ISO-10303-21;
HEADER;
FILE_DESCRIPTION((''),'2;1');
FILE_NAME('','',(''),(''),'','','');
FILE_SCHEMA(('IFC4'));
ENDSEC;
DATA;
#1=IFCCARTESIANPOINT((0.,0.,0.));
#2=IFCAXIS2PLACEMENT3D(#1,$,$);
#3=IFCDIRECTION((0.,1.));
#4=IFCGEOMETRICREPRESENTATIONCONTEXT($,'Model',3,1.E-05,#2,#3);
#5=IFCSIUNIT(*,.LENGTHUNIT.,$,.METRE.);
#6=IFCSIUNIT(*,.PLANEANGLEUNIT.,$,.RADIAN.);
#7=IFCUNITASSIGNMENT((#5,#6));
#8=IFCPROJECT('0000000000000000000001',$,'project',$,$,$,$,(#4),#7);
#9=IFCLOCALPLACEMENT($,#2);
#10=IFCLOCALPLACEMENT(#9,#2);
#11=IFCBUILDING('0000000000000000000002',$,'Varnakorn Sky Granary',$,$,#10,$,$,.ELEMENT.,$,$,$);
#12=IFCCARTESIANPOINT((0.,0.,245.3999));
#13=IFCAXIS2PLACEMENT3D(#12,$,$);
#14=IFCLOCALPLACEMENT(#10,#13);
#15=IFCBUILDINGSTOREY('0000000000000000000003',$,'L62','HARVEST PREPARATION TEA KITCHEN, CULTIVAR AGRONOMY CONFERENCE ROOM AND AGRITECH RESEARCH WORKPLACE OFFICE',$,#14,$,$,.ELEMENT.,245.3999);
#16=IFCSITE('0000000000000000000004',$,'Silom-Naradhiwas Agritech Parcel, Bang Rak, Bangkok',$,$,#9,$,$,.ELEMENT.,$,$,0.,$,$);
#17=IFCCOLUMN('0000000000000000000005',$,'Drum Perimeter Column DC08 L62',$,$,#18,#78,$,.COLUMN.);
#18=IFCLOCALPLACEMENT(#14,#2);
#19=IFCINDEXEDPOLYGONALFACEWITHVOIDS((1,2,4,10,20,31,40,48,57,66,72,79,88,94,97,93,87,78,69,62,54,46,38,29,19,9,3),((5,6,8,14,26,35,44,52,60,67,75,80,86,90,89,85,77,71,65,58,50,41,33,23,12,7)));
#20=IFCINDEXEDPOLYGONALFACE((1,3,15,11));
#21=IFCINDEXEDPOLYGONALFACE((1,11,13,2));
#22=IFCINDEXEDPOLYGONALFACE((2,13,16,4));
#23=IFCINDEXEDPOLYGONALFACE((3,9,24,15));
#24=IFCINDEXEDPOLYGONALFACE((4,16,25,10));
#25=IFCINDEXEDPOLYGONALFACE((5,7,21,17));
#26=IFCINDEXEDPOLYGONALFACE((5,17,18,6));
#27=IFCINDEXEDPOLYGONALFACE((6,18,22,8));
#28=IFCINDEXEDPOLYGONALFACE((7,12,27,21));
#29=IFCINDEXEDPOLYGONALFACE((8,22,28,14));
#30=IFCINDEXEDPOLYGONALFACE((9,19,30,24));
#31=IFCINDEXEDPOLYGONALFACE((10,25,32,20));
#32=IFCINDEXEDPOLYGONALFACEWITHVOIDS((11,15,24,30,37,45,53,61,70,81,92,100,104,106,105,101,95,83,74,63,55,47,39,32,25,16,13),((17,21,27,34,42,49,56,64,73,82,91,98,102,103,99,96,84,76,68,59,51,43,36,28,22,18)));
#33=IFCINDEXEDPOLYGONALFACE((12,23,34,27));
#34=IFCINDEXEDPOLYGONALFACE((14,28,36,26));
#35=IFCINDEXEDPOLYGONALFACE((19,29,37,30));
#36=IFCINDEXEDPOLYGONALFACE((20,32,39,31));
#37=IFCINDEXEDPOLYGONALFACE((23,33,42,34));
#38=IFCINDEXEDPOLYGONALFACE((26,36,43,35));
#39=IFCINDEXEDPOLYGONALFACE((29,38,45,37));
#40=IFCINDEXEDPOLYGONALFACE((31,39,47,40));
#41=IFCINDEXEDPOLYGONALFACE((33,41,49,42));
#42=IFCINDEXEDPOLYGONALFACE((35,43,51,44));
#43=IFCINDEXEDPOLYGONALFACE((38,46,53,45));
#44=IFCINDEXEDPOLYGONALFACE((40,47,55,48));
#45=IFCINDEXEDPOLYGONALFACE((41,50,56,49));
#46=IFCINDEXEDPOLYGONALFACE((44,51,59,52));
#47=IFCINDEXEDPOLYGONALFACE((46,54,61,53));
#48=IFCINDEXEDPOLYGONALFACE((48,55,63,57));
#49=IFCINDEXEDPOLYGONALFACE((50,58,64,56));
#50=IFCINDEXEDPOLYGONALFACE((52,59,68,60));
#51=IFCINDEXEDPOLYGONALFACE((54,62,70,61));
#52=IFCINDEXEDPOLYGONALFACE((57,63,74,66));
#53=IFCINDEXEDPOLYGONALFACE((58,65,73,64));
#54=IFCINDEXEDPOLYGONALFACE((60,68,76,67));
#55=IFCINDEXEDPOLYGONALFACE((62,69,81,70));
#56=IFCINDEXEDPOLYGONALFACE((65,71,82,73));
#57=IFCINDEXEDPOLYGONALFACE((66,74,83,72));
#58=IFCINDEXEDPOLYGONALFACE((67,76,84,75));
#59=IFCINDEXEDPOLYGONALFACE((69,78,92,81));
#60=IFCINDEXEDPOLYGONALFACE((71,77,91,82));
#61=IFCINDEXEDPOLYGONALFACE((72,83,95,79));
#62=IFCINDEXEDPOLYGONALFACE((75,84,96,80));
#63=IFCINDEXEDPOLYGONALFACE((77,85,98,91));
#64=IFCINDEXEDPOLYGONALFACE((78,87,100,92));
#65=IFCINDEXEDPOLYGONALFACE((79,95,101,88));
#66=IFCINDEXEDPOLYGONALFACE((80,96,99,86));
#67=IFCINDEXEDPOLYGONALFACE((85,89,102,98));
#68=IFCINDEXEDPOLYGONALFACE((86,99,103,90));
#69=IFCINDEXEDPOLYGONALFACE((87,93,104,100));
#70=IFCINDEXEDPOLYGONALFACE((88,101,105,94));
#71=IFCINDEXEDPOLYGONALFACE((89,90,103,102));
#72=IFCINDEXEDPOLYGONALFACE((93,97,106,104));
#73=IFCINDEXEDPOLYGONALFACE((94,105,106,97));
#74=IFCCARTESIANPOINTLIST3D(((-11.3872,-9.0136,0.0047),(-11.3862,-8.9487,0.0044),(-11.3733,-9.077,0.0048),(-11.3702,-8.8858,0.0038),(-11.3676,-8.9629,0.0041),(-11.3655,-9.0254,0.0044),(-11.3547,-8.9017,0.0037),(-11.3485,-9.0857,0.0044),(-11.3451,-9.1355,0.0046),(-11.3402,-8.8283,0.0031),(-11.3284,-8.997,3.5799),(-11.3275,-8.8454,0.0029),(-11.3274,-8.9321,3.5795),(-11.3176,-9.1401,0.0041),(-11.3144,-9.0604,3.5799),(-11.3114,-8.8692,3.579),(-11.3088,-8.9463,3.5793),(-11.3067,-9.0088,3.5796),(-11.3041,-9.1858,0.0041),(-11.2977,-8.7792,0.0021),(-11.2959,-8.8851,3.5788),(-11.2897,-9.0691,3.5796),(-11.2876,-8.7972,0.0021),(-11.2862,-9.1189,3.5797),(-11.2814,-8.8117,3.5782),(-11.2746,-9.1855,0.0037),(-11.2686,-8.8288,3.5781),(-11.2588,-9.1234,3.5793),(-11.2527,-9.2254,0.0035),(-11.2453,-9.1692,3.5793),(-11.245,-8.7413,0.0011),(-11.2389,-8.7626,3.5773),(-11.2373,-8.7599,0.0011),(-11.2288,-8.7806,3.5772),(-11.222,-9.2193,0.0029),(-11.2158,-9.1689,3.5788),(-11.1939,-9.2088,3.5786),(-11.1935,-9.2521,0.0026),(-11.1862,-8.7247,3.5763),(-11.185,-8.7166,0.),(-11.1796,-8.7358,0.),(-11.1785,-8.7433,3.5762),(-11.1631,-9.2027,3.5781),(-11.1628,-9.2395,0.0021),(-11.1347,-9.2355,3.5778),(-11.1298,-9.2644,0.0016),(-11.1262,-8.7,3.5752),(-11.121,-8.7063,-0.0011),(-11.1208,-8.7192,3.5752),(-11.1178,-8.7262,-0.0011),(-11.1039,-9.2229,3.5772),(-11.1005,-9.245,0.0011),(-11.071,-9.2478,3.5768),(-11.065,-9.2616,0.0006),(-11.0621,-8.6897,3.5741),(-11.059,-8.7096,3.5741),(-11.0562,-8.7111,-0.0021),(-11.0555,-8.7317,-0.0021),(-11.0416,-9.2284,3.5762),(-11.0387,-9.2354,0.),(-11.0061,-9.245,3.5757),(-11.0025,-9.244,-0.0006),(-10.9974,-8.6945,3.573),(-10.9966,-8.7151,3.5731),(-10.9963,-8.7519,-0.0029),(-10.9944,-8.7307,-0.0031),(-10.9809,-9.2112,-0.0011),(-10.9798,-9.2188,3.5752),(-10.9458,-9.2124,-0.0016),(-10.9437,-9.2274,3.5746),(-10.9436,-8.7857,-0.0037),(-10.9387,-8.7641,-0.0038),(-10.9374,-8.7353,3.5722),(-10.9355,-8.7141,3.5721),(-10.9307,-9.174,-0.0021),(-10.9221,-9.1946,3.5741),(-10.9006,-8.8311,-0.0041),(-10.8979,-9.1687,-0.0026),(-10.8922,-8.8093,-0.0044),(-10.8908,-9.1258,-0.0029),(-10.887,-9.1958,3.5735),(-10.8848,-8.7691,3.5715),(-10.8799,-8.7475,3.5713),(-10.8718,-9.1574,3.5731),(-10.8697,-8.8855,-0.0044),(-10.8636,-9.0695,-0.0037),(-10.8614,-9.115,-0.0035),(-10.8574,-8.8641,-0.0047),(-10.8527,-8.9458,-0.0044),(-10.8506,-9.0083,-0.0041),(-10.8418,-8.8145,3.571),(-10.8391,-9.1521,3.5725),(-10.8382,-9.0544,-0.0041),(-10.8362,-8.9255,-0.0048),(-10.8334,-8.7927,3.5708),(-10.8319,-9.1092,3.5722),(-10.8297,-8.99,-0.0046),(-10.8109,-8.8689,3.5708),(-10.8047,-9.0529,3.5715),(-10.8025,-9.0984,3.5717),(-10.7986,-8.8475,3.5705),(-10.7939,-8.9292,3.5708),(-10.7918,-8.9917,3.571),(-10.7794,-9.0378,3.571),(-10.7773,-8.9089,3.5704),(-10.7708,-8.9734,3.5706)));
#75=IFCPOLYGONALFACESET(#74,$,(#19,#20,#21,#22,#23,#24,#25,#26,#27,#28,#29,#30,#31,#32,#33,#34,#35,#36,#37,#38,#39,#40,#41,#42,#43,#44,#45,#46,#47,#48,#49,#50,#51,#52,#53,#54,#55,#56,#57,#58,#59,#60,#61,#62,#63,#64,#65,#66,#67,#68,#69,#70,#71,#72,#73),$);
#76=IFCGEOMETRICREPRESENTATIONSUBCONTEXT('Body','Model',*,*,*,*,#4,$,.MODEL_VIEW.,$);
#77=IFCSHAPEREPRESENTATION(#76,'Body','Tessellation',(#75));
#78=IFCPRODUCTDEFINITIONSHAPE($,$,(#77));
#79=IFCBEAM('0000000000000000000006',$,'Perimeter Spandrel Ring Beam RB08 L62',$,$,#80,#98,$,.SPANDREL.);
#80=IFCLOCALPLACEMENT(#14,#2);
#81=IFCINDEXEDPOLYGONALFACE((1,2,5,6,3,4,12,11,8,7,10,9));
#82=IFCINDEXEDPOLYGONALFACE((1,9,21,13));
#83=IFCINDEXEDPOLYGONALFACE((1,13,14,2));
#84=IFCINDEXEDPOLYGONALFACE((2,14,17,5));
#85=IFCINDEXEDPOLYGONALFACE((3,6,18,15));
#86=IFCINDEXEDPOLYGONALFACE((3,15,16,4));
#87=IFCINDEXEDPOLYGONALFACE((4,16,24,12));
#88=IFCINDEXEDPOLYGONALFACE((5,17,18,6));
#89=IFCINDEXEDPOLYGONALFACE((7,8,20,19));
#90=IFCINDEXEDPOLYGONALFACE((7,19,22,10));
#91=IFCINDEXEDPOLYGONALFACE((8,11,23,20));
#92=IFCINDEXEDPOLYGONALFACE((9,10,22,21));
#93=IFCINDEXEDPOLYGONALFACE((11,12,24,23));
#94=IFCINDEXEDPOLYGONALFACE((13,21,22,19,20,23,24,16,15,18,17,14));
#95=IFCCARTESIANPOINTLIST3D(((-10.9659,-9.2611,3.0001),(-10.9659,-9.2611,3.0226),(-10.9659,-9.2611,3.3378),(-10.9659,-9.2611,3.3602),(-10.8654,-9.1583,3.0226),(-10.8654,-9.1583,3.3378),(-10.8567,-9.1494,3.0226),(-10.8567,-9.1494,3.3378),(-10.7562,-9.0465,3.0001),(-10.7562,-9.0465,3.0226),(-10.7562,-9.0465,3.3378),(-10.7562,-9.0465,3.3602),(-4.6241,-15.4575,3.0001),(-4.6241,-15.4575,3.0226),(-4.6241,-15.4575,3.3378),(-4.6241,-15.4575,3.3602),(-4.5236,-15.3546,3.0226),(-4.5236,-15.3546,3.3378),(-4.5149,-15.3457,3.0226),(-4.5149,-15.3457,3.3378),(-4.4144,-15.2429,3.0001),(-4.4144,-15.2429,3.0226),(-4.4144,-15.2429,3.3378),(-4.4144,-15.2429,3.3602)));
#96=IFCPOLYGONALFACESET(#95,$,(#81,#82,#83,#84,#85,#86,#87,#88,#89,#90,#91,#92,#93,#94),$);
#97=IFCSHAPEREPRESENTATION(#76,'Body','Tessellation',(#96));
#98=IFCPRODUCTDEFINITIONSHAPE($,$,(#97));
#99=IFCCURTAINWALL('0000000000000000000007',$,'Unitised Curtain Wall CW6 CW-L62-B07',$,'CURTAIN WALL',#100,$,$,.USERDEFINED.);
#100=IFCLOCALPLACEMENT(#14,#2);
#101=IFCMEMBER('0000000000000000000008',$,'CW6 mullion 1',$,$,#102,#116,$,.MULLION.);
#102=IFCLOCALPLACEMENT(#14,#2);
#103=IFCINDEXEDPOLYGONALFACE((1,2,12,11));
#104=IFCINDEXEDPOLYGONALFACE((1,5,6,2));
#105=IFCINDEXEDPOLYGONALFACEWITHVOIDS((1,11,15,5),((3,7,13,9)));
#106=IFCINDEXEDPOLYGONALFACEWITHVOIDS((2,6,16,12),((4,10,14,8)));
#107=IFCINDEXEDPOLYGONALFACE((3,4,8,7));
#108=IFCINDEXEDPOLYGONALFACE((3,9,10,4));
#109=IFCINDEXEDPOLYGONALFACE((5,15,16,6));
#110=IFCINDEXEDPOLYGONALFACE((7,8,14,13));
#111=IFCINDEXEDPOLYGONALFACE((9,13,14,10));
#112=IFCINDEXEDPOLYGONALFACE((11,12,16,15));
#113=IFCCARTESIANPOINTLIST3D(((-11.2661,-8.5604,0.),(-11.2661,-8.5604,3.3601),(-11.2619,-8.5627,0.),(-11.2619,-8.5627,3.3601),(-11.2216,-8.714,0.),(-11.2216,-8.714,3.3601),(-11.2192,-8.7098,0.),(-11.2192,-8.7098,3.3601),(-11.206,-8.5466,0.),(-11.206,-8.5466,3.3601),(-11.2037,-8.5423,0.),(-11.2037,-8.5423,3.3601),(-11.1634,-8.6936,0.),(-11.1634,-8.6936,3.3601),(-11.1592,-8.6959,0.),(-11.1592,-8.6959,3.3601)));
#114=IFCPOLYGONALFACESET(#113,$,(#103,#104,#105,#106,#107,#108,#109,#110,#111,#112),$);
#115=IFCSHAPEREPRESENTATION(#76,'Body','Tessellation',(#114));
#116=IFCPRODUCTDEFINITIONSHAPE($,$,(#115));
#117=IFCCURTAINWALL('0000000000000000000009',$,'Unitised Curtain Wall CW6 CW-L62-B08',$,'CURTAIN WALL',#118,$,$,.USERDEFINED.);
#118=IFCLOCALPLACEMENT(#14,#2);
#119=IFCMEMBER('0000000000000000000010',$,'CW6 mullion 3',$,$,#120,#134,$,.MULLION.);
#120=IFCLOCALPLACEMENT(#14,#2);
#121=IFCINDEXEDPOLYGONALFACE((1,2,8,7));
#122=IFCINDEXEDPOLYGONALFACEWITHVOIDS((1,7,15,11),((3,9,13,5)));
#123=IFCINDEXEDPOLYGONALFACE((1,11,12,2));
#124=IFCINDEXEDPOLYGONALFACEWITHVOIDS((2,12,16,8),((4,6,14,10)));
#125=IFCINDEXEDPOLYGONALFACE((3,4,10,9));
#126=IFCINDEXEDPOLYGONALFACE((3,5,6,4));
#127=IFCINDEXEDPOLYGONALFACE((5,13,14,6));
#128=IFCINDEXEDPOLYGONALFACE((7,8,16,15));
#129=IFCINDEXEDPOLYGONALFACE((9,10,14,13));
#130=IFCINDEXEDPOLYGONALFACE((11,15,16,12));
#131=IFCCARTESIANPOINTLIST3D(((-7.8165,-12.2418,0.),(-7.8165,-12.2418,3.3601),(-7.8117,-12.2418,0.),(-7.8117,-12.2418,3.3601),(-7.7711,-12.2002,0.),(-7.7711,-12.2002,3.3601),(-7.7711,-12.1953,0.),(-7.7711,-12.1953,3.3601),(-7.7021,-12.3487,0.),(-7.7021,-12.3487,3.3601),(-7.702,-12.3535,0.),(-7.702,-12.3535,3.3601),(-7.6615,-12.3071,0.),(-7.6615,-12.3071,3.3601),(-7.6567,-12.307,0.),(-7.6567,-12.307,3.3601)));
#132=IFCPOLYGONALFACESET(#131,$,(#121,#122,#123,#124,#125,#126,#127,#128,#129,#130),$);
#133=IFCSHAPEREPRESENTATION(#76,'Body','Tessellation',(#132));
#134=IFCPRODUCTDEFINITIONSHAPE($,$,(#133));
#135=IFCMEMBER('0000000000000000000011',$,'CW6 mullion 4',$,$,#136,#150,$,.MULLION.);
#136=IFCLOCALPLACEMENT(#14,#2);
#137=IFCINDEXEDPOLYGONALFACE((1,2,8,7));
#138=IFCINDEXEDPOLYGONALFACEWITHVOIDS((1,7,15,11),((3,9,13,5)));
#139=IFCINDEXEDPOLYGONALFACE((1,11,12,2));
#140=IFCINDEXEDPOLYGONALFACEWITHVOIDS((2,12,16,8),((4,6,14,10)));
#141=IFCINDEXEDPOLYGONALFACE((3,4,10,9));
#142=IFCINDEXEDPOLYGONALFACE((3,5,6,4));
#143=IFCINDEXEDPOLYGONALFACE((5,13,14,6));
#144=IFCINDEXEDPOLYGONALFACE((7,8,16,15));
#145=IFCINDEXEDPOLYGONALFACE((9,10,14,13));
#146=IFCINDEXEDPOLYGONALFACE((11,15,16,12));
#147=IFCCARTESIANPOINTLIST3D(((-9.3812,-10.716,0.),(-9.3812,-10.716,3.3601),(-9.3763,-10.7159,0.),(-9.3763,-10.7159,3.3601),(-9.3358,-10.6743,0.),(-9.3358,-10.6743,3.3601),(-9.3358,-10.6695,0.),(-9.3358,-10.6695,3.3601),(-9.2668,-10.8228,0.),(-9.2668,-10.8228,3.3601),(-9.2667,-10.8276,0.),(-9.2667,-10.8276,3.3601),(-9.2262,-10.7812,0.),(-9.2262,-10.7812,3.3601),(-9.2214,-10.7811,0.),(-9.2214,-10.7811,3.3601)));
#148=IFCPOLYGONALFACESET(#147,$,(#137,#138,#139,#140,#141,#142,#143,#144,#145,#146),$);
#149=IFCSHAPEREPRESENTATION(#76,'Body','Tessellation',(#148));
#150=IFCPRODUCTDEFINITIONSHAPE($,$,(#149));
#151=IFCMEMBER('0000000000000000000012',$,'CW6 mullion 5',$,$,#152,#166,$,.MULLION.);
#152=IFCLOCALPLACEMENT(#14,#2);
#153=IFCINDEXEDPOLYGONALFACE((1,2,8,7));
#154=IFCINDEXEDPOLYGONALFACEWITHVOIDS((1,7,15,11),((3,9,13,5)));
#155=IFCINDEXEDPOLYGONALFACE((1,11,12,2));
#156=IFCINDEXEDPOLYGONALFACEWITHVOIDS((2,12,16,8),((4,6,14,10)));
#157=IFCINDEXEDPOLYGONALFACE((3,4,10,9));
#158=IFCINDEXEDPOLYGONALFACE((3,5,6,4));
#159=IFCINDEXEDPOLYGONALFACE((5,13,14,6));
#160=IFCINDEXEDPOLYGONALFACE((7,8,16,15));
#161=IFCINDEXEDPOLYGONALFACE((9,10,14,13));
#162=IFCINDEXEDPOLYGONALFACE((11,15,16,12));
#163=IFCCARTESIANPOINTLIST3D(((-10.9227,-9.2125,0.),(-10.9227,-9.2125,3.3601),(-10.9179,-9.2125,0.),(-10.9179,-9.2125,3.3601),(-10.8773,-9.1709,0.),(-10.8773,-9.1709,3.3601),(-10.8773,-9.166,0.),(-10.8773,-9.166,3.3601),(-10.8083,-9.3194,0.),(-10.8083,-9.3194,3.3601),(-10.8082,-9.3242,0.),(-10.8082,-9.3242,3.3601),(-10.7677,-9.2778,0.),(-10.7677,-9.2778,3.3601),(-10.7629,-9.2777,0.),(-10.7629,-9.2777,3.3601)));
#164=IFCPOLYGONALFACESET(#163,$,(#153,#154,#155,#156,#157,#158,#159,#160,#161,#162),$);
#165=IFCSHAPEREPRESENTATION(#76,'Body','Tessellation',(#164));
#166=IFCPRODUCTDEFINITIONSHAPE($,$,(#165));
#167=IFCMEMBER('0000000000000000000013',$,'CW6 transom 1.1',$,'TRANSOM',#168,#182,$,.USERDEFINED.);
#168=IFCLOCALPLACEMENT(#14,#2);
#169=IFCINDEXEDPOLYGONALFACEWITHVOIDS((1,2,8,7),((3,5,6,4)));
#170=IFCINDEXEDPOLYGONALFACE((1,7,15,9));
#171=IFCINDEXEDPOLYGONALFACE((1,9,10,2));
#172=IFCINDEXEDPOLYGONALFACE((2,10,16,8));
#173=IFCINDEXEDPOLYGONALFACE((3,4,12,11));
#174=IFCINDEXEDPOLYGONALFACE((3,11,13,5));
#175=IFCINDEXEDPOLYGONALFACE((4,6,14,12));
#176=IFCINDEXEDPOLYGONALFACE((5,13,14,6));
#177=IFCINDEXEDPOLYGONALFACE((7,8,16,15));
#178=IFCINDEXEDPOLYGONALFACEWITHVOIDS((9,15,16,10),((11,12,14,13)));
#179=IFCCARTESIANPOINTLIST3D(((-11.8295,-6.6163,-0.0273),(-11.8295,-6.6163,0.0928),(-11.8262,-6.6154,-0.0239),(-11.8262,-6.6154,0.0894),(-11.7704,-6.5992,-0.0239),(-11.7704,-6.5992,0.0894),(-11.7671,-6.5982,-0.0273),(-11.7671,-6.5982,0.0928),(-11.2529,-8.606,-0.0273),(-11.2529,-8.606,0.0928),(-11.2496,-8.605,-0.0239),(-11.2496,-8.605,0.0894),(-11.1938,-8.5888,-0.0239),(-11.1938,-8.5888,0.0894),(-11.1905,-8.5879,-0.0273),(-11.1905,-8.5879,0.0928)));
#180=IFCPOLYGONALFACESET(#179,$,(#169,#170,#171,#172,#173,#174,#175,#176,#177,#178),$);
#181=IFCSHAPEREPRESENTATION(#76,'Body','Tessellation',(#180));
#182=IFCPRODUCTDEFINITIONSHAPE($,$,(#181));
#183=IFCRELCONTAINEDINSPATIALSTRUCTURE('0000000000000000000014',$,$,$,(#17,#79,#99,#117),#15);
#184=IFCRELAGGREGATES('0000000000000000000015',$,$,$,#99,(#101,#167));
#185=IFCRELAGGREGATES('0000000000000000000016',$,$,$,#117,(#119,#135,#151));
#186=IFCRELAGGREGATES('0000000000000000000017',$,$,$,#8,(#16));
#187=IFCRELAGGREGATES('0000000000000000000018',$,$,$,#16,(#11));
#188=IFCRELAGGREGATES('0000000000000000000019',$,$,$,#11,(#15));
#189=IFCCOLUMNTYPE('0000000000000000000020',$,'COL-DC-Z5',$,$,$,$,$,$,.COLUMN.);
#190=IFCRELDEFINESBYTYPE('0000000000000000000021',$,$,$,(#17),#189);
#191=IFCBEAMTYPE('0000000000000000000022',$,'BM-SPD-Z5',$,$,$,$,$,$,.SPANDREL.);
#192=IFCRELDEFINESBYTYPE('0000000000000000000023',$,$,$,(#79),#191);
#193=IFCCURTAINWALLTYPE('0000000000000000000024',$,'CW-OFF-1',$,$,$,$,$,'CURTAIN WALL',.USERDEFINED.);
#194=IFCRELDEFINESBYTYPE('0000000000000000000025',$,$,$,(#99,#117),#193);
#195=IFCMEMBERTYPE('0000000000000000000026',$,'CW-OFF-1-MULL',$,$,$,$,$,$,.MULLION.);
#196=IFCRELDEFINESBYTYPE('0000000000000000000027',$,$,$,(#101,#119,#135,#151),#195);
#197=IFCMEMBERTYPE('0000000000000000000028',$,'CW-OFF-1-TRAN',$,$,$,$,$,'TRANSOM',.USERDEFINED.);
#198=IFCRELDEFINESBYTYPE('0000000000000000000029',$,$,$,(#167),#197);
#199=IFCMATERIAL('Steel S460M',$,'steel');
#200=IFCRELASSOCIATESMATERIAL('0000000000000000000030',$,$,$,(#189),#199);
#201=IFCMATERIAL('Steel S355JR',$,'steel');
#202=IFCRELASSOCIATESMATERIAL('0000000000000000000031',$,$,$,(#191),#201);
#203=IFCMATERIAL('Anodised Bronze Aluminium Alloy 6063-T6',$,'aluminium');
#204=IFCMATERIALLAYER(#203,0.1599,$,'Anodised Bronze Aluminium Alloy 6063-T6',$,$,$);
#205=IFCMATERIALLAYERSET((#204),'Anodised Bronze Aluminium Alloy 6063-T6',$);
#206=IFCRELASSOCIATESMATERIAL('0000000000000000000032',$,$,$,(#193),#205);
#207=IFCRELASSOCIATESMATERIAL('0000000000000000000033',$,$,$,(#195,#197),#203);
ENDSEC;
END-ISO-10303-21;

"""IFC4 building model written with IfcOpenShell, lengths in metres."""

from ifc_helpers import new_model, si_unit, direction, frame, origin, origin_2d, place, context, subcontext, project, spatial, hollow_rectangle, hollow_circle, i_section, extrude, material, layer, layer_set, material_profile, profile_set, type_object, element, aggregate, save


model = new_model("IFC4")

# Units and contexts
model_context = context("Model", 3, precision=1e-05, world=origin(), true_north=direction((0.0, 1.0)))
body_context = subcontext(model_context, "Body", "Model", "MODEL_VIEW")
ifc_project = project(units=[si_unit("LENGTHUNIT", "METRE"), si_unit("PLANEANGLEUNIT", "RADIAN")], contexts=[model_context])

# Site, building, storey
site_placement = place(None, origin())
site = spatial("IfcSite", under=ifc_project, at=site_placement, Name="Silom-Naradhiwas Agritech Parcel, Bang Rak, Bangkok", CompositionType="ELEMENT", RefElevation=0.0)
building_placement = place(site_placement, origin())
building = spatial("IfcBuilding", under=site, at=building_placement, Name="Varnakorn Sky Granary", CompositionType="ELEMENT")
storey_placement = place(building_placement, frame((0.0, 0.0, 245.3999)))
storey = spatial("IfcBuildingStorey", under=building, at=storey_placement, Name="L62", Description="HARVEST PREPARATION TEA KITCHEN, CULTIVAR AGRONOMY CONFERENCE ROOM AND AGRITECH RESEARCH WORKPLACE OFFICE", CompositionType="ELEMENT", Elevation=245.3999)

# Column
ifc_material_1 = material(Name="Steel S460M", Category="steel")
ifc_material_profile_1 = material_profile(ifc_material_1, hollow_circle(Radius=0.2795, WallThickness=0.02, at=origin_2d()), Name="CHS 559x20")
ifc_profile_set_1 = profile_set([ifc_material_profile_1], Name="Steel S460M")
column_type = type_object("IfcColumnType", Name="COL-DC-Z5", PredefinedType="COLUMN", material=ifc_profile_set_1)
column_placement = place(storey_placement, frame((-11.1091, -8.9856, 0.0), z_axis=(0.016455, 0.004643, 0.999854), x_axis=(-0.271555, 0.962423, 0.0)))
element("IfcColumn", 1, at=column_placement, inside=storey, type_object=column_type, Name="Drum Perimeter Column DC08 L62", PredefinedType="COLUMN", context=body_context, shape_type="SweptSolid", body=[
    extrude(hollow_circle(Radius=0.2795, WallThickness=0.02, at=origin_2d()), origin(), (0.0, 0.0, 1.0), 3.5757),
])

# Beam
ifc_material_2 = material(Name="Steel S355JR", Category="steel")
ifc_material_profile_2 = material_profile(ifc_material_2, i_section(OverallWidth=0.3, OverallDepth=0.3601, WebThickness=0.0125, FlangeThickness=0.0225, at=origin_2d()), Name="HE 360 B")
ifc_profile_set_2 = profile_set([ifc_material_profile_2], Name="Steel S355JR")
beam_type = type_object("IfcBeamType", Name="BM-SPD-Z5", PredefinedType="SPANDREL", material=ifc_profile_set_2)
beam_placement = place(storey_placement, frame((-10.8611, -9.1538, 3.1802), z_axis=(0.715265, -0.698854, 0.0), x_axis=(0.698854, 0.715265, 0.0)))
element("IfcBeam", 2, at=beam_placement, inside=storey, type_object=beam_type, Name="Perimeter Spandrel Ring Beam RB08 L62", PredefinedType="SPANDREL", context=body_context, shape_type="SweptSolid", body=[
    extrude(i_section(OverallWidth=0.3, OverallDepth=0.3601, WebThickness=0.0125, FlangeThickness=0.0225, at=origin_2d()), origin(), (0.0, 0.0, 1.0), 8.8665),
])

# Curtain wall, member
ifc_material_3 = material(Name="Anodised Bronze Aluminium Alloy 6063-T6", Category="aluminium")
ifc_layer_1 = layer(ifc_material_3, 0.1599, Name="Anodised Bronze Aluminium Alloy 6063-T6")
ifc_layer_set_1 = layer_set([ifc_layer_1], Name="Anodised Bronze Aluminium Alloy 6063-T6")
curtain_wall_type = type_object("IfcCurtainWallType", Name="CW-OFF-1", ElementType="CURTAIN WALL", PredefinedType="USERDEFINED", material=ifc_layer_set_1)
curtain_wall_1_placement = place(storey_placement, origin())
curtain_wall_1 = element("IfcCurtainWall", 3, at=curtain_wall_1_placement, inside=storey, type_object=curtain_wall_type, Name="Unitised Curtain Wall CW6 CW-L62-B07", ObjectType="CURTAIN WALL", PredefinedType="USERDEFINED")
ifc_material_profile_3 = material_profile(ifc_material_3, hollow_rectangle(XDim=0.0649, YDim=0.1599, WallThickness=0.0034, at=origin_2d()), Name="ALU MULL 65x160")
ifc_profile_set_3 = profile_set([ifc_material_profile_3], Name="Anodised Bronze Aluminium Alloy 6063-T6")
member_type_1 = type_object("IfcMemberType", Name="CW-OFF-1-MULL", PredefinedType="MULLION", material=ifc_profile_set_3)
member_1_placement = place(storey_placement, frame((-11.2126, -8.6282, 0.0), z_axis=(0.0, 0.0, 1.0), x_axis=(-0.960483, -0.278338, 0.0)))
member_1 = element("IfcMember", 4, at=member_1_placement, type_object=member_type_1, Name="CW6 mullion 1", PredefinedType="MULLION", context=body_context, shape_type="SweptSolid", body=[
    extrude(hollow_rectangle(XDim=0.0649, YDim=0.1599, WallThickness=0.0034, at=origin_2d()), origin(), (0.0, 0.0, 1.0), 3.3601),
])

# Curtain wall, members
curtain_wall_2_placement = place(storey_placement, origin())
curtain_wall_2 = element("IfcCurtainWall", 5, at=curtain_wall_2_placement, inside=storey, type_object=curtain_wall_type, Name="Unitised Curtain Wall CW6 CW-L62-B08", ObjectType="CURTAIN WALL", PredefinedType="USERDEFINED")
member_2_placement = place(storey_placement, frame((-7.7366, -12.2744, 0.0), z_axis=(0.0, 0.0, 1.0), x_axis=(-0.698181, -0.715922, 0.0)))
member_2 = element("IfcMember", 6, at=member_2_placement, type_object=member_type_1, Name="CW6 mullion 3", PredefinedType="MULLION", context=body_context, shape_type="SweptSolid", body=[
    extrude(hollow_rectangle(XDim=0.0649, YDim=0.1599, WallThickness=0.0034, at=origin_2d()), origin(), (0.0, 0.0, 1.0), 3.3601),
])
member_3_placement = place(storey_placement, frame((-9.3013, -10.7485, 0.0), z_axis=(0.0, 0.0, 1.0), x_axis=(-0.698181, -0.715922, 0.0)))
member_3 = element("IfcMember", 7, at=member_3_placement, type_object=member_type_1, Name="CW6 mullion 4", PredefinedType="MULLION", context=body_context, shape_type="SweptSolid", body=[
    extrude(hollow_rectangle(XDim=0.0649, YDim=0.1599, WallThickness=0.0034, at=origin_2d()), origin(), (0.0, 0.0, 1.0), 3.3601),
])
member_4_placement = place(storey_placement, frame((-10.8428, -9.2451, 0.0), z_axis=(0.0, 0.0, 1.0), x_axis=(-0.698181, -0.715922, 0.0)))
member_4 = element("IfcMember", 8, at=member_4_placement, type_object=member_type_1, Name="CW6 mullion 5", PredefinedType="MULLION", context=body_context, shape_type="SweptSolid", body=[
    extrude(hollow_rectangle(XDim=0.0649, YDim=0.1599, WallThickness=0.0034, at=origin_2d()), origin(), (0.0, 0.0, 1.0), 3.3601),
])

# Member
ifc_material_profile_4 = material_profile(ifc_material_3, hollow_rectangle(XDim=0.0649, YDim=0.1201, WallThickness=0.0034, at=origin_2d()), Name="ALU TRAN 65x120")
ifc_profile_set_4 = profile_set([ifc_material_profile_4], Name="Anodised Bronze Aluminium Alloy 6063-T6")
member_type_2 = type_object("IfcMemberType", Name="CW-OFF-1-TRAN", ElementType="TRANSOM", PredefinedType="USERDEFINED", material=ifc_profile_set_4)
member_5_placement = place(storey_placement, frame((-11.2217, -8.5969, 0.0327), z_axis=(-0.278361, 0.960476, 0.0), x_axis=(-0.960476, -0.278361, 0.0)))
member_5 = element("IfcMember", 9, at=member_5_placement, type_object=member_type_2, Name="CW6 transom 1.1", ObjectType="TRANSOM", PredefinedType="USERDEFINED", context=body_context, shape_type="SweptSolid", body=[
    extrude(hollow_rectangle(XDim=0.0649, YDim=0.1201, WallThickness=0.0034, at=origin_2d()), origin(), (0.0, 0.0, 1.0), 2.0715),
])

aggregate(curtain_wall_1, [member_1, member_5])
aggregate(curtain_wall_2, [member_2, member_3, member_4])

save(model, "model.ifc")
